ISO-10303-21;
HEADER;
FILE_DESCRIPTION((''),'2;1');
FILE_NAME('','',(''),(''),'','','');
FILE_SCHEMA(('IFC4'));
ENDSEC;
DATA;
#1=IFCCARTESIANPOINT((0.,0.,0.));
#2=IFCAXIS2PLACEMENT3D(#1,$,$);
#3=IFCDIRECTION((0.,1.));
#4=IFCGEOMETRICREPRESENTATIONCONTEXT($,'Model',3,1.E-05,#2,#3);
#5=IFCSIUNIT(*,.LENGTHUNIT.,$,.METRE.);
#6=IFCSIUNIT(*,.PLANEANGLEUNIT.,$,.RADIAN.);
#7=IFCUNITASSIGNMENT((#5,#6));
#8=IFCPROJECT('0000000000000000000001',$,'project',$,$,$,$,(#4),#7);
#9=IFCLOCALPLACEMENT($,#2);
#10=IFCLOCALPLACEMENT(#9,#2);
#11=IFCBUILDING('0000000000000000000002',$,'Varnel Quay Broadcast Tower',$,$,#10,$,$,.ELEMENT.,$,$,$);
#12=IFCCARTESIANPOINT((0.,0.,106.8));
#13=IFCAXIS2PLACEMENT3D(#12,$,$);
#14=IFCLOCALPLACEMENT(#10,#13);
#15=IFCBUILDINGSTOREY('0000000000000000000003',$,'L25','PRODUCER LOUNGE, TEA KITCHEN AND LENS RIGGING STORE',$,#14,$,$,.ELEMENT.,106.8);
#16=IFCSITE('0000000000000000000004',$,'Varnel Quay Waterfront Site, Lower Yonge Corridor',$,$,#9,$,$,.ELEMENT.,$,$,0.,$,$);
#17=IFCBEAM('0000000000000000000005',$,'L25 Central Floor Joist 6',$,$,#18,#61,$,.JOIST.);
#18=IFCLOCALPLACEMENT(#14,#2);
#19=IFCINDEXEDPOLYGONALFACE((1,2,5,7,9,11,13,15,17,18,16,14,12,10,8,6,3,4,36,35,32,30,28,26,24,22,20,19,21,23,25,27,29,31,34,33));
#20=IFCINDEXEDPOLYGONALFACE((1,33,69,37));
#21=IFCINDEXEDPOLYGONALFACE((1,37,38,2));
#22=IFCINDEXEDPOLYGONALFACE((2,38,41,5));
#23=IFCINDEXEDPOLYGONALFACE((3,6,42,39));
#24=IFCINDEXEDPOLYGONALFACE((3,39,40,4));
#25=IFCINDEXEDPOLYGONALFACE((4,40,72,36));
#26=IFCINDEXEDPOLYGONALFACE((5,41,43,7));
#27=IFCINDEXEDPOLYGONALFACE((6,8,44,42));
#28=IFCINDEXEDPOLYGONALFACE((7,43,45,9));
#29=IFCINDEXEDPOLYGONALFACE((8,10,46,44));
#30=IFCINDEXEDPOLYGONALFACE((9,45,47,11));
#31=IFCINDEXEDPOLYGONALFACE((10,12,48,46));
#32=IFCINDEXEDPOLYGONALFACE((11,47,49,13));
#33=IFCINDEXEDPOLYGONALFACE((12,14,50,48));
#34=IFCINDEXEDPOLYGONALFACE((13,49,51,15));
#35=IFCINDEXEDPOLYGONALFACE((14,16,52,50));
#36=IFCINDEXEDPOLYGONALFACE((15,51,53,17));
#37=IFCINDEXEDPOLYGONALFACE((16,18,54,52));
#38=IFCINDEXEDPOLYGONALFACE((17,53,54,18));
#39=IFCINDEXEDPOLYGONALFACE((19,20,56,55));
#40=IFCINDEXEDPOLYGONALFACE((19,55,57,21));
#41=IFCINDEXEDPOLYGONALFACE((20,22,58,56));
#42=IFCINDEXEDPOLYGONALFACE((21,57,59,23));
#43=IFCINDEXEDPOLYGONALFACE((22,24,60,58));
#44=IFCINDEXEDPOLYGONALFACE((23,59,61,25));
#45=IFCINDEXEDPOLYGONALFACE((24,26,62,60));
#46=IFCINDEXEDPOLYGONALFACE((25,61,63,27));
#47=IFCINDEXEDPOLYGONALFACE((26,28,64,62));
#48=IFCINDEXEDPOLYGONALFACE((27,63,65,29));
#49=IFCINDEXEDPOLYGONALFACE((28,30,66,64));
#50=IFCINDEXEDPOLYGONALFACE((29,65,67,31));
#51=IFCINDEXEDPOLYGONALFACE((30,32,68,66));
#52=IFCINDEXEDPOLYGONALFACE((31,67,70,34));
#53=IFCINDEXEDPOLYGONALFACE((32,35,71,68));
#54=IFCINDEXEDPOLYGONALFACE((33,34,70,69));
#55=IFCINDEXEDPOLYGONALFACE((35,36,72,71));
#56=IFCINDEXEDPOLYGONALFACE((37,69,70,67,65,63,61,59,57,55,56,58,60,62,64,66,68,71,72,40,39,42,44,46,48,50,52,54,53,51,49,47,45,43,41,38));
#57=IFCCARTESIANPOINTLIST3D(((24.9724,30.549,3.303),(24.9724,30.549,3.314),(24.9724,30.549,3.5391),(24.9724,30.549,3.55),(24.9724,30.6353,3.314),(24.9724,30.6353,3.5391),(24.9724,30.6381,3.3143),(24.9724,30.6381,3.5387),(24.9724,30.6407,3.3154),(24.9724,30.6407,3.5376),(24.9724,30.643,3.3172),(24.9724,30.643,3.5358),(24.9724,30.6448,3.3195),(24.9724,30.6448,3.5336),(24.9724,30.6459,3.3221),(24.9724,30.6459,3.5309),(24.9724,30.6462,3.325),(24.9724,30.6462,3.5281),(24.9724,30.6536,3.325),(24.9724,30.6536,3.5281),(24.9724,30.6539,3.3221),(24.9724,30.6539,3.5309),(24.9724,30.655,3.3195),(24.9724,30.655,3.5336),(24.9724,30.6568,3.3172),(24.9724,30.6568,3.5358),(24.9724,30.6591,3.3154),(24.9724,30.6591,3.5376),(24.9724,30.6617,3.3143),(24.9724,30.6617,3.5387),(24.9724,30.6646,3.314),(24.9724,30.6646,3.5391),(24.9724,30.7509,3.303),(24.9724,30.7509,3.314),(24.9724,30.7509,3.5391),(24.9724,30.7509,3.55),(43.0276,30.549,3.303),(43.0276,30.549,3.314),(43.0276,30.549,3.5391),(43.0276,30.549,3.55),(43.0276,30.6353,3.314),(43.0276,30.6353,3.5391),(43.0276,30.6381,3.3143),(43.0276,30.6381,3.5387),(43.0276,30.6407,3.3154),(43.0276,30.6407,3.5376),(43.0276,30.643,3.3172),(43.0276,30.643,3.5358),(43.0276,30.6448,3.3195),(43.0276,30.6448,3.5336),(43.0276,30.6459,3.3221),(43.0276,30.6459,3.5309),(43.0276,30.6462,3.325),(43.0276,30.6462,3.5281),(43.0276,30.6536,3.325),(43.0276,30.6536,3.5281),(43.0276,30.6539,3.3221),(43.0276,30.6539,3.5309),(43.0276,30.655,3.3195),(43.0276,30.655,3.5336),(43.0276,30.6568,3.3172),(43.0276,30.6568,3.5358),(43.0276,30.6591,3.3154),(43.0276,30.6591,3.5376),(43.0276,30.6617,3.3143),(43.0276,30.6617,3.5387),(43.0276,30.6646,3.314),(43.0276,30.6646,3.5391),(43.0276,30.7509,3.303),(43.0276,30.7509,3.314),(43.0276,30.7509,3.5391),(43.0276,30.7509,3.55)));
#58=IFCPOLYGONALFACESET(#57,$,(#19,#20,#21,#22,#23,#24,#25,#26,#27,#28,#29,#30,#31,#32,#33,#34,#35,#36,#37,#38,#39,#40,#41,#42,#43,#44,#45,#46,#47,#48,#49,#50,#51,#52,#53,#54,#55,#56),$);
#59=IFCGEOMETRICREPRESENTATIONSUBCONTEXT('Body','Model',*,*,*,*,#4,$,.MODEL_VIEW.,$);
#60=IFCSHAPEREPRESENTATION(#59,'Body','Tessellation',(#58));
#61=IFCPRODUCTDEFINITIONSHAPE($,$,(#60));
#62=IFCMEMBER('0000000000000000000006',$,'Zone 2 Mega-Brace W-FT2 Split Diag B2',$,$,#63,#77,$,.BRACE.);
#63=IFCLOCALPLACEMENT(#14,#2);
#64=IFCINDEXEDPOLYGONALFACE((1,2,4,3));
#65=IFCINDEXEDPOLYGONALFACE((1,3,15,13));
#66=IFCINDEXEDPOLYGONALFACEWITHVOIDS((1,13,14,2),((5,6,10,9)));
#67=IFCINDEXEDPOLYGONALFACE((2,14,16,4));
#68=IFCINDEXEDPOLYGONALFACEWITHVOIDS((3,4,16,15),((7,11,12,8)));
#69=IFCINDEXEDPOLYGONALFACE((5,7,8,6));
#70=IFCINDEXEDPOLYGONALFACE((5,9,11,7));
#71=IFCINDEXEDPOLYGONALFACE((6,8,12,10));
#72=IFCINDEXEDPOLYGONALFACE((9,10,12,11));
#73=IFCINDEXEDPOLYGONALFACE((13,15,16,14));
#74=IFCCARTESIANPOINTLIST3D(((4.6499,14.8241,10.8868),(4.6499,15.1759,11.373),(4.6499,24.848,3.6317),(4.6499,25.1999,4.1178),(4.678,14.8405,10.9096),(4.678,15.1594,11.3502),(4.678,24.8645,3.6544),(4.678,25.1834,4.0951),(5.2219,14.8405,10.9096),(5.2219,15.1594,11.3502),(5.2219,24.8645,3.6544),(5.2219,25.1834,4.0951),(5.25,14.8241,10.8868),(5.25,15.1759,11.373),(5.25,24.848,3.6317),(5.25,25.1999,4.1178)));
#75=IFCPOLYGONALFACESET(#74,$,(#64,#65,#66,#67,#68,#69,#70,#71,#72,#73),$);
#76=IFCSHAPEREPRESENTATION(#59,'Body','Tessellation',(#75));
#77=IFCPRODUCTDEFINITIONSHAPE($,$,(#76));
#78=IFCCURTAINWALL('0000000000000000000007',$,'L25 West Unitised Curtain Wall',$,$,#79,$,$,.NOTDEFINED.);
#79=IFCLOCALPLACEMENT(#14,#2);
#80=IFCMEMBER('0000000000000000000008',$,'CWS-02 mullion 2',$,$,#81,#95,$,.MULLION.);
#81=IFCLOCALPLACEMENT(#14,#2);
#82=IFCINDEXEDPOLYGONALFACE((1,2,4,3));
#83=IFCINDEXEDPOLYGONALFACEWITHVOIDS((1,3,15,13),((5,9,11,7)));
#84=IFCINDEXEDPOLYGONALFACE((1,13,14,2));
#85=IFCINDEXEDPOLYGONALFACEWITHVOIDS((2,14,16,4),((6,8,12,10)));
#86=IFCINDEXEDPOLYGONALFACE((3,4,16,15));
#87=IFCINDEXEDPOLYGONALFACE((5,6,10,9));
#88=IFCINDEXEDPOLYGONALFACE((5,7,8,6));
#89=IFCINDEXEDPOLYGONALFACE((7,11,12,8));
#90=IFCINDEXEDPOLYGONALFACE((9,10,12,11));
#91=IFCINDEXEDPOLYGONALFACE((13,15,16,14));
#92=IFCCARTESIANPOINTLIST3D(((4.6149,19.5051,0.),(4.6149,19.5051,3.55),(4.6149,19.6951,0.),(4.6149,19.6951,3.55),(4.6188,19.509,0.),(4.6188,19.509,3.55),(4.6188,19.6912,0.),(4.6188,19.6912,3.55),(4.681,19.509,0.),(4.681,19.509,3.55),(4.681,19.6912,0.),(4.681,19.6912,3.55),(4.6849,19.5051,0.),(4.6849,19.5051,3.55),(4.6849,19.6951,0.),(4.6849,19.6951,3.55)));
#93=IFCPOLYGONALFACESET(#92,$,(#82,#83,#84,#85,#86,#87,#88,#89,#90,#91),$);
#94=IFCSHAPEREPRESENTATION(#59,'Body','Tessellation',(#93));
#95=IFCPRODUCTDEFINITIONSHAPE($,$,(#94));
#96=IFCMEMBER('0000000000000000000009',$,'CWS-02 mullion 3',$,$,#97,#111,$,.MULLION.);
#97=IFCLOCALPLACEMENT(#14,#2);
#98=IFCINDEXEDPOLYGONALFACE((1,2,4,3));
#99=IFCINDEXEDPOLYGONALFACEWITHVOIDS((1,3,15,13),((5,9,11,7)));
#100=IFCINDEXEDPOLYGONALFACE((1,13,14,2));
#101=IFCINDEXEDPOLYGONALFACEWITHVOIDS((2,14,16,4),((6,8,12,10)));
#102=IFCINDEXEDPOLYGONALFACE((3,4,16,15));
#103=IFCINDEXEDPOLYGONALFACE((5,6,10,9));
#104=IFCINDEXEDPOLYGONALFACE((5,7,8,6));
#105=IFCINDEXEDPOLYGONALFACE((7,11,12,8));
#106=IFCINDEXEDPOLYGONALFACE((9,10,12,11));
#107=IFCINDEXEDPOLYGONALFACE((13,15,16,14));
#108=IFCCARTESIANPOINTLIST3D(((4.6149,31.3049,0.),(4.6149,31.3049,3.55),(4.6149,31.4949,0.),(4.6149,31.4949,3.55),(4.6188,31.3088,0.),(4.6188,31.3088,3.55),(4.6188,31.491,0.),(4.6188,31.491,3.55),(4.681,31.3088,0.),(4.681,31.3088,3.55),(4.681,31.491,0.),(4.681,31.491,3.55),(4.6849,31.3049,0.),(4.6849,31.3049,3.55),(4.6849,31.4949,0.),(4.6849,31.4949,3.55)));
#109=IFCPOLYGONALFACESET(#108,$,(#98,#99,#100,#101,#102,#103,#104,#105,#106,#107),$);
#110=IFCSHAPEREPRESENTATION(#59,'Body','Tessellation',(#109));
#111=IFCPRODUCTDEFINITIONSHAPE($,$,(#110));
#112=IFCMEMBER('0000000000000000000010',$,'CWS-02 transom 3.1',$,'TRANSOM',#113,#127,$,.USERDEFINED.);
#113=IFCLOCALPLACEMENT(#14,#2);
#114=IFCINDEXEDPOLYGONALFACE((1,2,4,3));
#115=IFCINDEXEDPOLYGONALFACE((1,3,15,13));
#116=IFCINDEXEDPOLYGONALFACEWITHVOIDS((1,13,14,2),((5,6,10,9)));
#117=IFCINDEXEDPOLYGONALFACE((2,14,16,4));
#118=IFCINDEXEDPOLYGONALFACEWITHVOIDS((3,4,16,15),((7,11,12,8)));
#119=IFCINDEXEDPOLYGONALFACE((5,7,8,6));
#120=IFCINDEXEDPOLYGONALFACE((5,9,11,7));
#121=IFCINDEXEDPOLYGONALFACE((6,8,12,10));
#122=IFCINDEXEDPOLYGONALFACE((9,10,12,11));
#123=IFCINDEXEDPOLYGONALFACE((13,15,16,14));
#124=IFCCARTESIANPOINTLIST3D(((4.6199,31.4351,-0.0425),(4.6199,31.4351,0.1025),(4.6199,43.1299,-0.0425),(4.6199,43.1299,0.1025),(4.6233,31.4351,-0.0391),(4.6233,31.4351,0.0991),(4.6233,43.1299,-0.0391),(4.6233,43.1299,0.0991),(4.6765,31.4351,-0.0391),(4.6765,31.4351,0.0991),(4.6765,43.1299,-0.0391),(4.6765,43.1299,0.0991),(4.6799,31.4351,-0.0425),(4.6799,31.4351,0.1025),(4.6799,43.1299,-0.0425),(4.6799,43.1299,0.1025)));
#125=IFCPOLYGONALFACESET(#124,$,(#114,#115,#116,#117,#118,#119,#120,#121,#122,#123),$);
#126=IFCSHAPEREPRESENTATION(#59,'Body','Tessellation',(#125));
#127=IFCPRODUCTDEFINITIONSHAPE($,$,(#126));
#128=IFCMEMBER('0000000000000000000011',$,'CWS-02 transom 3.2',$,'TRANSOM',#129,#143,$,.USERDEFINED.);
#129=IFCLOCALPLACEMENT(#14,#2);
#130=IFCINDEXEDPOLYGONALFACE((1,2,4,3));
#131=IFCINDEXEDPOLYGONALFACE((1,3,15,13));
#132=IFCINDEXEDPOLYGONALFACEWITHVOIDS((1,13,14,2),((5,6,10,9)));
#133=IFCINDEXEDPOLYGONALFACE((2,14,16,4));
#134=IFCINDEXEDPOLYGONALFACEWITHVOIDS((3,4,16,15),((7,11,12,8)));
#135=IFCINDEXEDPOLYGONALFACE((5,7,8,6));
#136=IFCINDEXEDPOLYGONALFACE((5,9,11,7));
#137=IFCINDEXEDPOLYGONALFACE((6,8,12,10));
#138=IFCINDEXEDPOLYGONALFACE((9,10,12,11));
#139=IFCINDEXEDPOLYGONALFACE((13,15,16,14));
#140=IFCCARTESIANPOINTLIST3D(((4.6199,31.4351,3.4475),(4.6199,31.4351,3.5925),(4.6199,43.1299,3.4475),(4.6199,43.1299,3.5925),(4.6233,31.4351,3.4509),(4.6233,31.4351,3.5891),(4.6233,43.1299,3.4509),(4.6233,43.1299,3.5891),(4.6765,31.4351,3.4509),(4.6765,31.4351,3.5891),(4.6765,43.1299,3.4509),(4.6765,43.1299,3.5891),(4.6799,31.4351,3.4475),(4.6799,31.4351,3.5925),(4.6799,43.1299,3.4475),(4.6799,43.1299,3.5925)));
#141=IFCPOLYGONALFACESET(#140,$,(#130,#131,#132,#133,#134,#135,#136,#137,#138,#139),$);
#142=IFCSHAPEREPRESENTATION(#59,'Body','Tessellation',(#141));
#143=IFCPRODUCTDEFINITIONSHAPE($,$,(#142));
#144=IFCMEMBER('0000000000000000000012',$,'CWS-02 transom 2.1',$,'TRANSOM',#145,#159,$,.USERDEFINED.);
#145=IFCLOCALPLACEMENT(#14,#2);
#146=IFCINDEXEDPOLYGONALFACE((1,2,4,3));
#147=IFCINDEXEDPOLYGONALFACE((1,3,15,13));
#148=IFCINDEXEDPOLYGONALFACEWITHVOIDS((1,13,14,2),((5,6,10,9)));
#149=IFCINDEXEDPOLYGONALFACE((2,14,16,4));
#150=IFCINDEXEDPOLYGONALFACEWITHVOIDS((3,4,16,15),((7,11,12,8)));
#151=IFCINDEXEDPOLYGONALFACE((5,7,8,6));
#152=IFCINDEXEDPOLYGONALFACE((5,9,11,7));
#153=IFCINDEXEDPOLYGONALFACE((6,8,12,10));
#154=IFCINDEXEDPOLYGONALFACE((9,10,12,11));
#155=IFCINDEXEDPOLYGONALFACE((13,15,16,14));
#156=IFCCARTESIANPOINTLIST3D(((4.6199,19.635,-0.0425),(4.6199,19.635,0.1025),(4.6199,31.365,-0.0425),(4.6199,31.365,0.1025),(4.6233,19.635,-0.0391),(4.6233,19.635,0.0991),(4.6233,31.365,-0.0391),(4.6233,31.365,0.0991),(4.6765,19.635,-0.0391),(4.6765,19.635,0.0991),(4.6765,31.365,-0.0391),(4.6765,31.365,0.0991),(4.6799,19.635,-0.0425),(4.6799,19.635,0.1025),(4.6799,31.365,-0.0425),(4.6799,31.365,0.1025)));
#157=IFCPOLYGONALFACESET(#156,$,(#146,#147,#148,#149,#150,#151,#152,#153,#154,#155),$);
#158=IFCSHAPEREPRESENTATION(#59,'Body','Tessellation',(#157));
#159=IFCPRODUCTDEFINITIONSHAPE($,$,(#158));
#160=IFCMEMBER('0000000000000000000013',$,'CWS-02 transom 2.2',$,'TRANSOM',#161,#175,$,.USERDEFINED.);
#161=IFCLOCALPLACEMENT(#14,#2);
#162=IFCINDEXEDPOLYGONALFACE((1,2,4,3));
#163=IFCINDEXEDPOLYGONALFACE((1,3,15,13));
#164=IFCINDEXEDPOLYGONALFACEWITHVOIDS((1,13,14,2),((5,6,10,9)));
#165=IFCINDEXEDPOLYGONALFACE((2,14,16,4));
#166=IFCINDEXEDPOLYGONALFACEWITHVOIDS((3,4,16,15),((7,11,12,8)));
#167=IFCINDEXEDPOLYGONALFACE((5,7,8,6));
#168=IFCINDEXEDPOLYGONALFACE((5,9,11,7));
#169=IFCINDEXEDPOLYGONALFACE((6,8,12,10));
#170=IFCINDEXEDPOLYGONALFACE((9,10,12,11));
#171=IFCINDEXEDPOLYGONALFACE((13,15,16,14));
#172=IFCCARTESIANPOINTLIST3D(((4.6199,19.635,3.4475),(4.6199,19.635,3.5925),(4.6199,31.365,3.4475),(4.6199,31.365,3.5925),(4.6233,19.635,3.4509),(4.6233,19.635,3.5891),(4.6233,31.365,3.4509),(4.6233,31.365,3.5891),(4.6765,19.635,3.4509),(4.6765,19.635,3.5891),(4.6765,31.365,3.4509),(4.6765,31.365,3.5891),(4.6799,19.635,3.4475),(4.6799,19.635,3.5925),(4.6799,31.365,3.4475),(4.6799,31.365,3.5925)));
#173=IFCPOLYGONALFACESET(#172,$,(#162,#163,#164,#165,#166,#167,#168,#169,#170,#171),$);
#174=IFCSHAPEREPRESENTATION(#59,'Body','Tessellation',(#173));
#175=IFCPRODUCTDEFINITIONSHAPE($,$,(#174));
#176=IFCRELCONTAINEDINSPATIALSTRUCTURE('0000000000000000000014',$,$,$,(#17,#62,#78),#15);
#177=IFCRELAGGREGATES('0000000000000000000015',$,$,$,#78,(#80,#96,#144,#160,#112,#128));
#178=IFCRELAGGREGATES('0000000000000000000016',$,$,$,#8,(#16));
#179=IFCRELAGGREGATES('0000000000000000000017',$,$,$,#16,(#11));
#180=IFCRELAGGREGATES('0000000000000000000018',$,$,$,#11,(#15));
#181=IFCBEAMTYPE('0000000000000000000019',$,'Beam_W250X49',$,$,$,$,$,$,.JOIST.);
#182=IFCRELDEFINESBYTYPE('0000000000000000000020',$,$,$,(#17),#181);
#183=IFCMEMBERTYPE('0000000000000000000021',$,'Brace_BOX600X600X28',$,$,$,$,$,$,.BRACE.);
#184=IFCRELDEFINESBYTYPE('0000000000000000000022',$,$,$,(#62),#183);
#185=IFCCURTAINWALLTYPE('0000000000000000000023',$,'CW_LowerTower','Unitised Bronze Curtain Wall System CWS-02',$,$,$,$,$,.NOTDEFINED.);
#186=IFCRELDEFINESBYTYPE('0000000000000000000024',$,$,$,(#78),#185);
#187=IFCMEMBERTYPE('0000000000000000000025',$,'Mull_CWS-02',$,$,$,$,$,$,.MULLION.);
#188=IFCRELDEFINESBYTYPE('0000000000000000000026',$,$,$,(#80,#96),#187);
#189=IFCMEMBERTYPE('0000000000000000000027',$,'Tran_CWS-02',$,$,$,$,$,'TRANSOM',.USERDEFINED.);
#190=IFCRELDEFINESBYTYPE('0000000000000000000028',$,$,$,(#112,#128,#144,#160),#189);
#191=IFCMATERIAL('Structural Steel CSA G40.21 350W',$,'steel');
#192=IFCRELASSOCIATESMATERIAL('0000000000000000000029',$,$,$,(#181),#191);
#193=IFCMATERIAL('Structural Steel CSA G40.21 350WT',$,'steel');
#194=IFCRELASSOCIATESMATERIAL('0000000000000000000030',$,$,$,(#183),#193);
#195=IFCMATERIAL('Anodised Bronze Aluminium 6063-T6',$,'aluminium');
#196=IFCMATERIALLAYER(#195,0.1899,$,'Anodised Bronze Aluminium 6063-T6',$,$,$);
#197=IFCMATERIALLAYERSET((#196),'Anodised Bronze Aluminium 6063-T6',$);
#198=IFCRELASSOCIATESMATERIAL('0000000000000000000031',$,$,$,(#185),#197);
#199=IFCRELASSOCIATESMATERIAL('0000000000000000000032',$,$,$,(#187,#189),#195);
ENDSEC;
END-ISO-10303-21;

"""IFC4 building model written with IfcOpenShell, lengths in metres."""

from ifc_helpers import new_model, si_unit, direction, frame, origin, origin_2d, place, context, subcontext, project, spatial, hollow_rectangle, i_section, extrude, source, transform, mapped, material, layer, layer_set, material_profile, profile_set, type_object, type_shapes, element, aggregate, save


model = new_model("IFC4")

# Units and contexts
model_context = context("Model", 3, precision=1e-05, world=origin(), true_north=direction((0.0, 1.0)))
body_context = subcontext(model_context, "Body", "Model", "MODEL_VIEW")
ifc_project = project(units=[si_unit("LENGTHUNIT", "METRE"), si_unit("PLANEANGLEUNIT", "RADIAN")], contexts=[model_context])

# Site, building, storey
site_placement = place(None, origin())
site = spatial("IfcSite", under=ifc_project, at=site_placement, Name="Varnel Quay Waterfront Site, Lower Yonge Corridor", CompositionType="ELEMENT", RefElevation=0.0)
building_placement = place(site_placement, origin())
building = spatial("IfcBuilding", under=site, at=building_placement, Name="Varnel Quay Broadcast Tower", CompositionType="ELEMENT")
storey_placement = place(building_placement, frame((0.0, 0.0, 106.8)))
storey = spatial("IfcBuildingStorey", under=building, at=storey_placement, Name="L25", Description="PRODUCER LOUNGE, TEA KITCHEN AND LENS RIGGING STORE", CompositionType="ELEMENT", Elevation=106.8)

# Shared definitions
ifc_material_1 = material(Name="Structural Steel CSA G40.21 350WT", Category="steel")
ifc_material_2 = material(Name="Structural Steel CSA G40.21 350W", Category="steel")

# Beam
ifc_material_profile_1 = material_profile(ifc_material_2, i_section(OverallWidth=0.2019, OverallDepth=0.2471, WebThickness=0.0073, FlangeThickness=0.011, FilletRadius=0.011, at=origin_2d()), Name="W250X49")
ifc_profile_set_1 = profile_set([ifc_material_profile_1], Name="Structural Steel CSA G40.21 350W")
beam_type_1 = type_object("IfcBeamType", Name="Beam_W250X49", PredefinedType="JOIST", material=ifc_profile_set_1)
shared_shape_1 = source(origin(), body_context, "Body", "SweptSolid", [
    extrude(i_section(OverallWidth=0.2019, OverallDepth=0.2471, WebThickness=0.0073, FlangeThickness=0.011, FilletRadius=0.011, at=origin_2d()), origin(), (0.0, 0.0, 1.0), 18.0552),
])
for number, where, z_axis, x_axis, name in (
    (1, (24.9724, 30.6499, 3.4265), (1.0, 0.0, 0.0), (0.0, 1.0, 0.0), "L25 Central Floor Joist 6"),
):
    element("IfcBeam", number, at=place(storey_placement, frame(where, z_axis=z_axis, x_axis=x_axis)), inside=storey, type_object=beam_type_1, Name=name, PredefinedType="JOIST", context=body_context, shape_type="MappedRepresentation", body=[
        mapped(shared_shape_1, transform((0.0, 0.0, 0.0), x_axis=(1.0, 0.0, 0.0), y_axis=(0.0, 1.0, 0.0), z_axis=(0.0, 0.0, 1.0), scale=1.0)),
    ])

# Member
ifc_material_profile_2 = material_profile(ifc_material_1, hollow_rectangle(XDim=0.6001, YDim=0.6001, WallThickness=0.0281, at=origin_2d()), Name="BOX600X600X28")
ifc_profile_set_2 = profile_set([ifc_material_profile_2], Name="Structural Steel CSA G40.21 350WT")
member_type_1 = type_object("IfcMemberType", Name="Brace_BOX600X600X28", PredefinedType="BRACE", material=ifc_profile_set_2)
shared_shape_2 = source(origin(), body_context, "Body", "SweptSolid", [
    extrude(hollow_rectangle(XDim=0.6001, YDim=0.6001, WallThickness=0.0281, at=origin_2d()), origin(), (0.0, 0.0, 1.0), 12.374),
])
type_shapes(member_type_1, [shared_shape_2])
member_1_placement = place(storey_placement, frame((4.95, 25.0239, 3.8748), z_axis=(0.0, -0.810079, 0.58632), x_axis=(1.0, 0.0, 0.0)))
element("IfcMember", 2, at=member_1_placement, inside=storey, type_object=member_type_1, Name="Zone 2 Mega-Brace W-FT2 Split Diag B2", PredefinedType="BRACE", context=body_context, shape_type="MappedRepresentation", body=[
    mapped(shared_shape_2, transform((0.0, 0.0, 0.0), x_axis=(1.0, 0.0, 0.0), y_axis=(0.0, 1.0, 0.0), z_axis=(0.0, 0.0, 1.0), scale=1.0)),
])

# Curtain wall, members
ifc_material_3 = material(Name="Anodised Bronze Aluminium 6063-T6", Category="aluminium")
ifc_layer_1 = layer(ifc_material_3, 0.1899, Name="Anodised Bronze Aluminium 6063-T6")
ifc_layer_set_1 = layer_set([ifc_layer_1], Name="Anodised Bronze Aluminium 6063-T6")
curtain_wall_type = type_object("IfcCurtainWallType", Name="CW_LowerTower", Description="Unitised Bronze Curtain Wall System CWS-02", PredefinedType="NOTDEFINED", material=ifc_layer_set_1)
curtain_wall_placement = place(storey_placement, origin())
curtain_wall = element("IfcCurtainWall", 3, at=curtain_wall_placement, inside=storey, type_object=curtain_wall_type, Name="L25 West Unitised Curtain Wall", PredefinedType="NOTDEFINED")
ifc_material_profile_3 = material_profile(ifc_material_3, hollow_rectangle(XDim=0.0701, YDim=0.1899, WallThickness=0.0039, at=origin_2d()), Name="ALU70X190X4")
ifc_profile_set_3 = profile_set([ifc_material_profile_3], Name="Anodised Bronze Aluminium 6063-T6")
member_type_2 = type_object("IfcMemberType", Name="Mull_CWS-02", PredefinedType="MULLION", material=ifc_profile_set_3)
shared_shape_3 = source(origin(), body_context, "Body", "SweptSolid", [
    extrude(hollow_rectangle(XDim=0.0701, YDim=0.1899, WallThickness=0.0039, at=origin_2d()), origin(), (0.0, 0.0, 1.0), 3.55),
])
type_shapes(member_type_2, [shared_shape_3])
member_2_placement = place(storey_placement, frame((4.6499, 19.6001, 0.0), z_axis=(0.0, 0.0, 1.0), x_axis=(-1.0, 0.0, 0.0)))
member_2 = element("IfcMember", 4, at=member_2_placement, type_object=member_type_2, Name="CWS-02 mullion 2", PredefinedType="MULLION", context=body_context, shape_type="MappedRepresentation", body=[
    mapped(shared_shape_3, transform((0.0, 0.0, 0.0), x_axis=(1.0, 0.0, 0.0), y_axis=(0.0, 1.0, 0.0), z_axis=(0.0, 0.0, 1.0), scale=1.0)),
])
member_3_placement = place(storey_placement, frame((4.6499, 31.3999, 0.0), z_axis=(0.0, 0.0, 1.0), x_axis=(-1.0, 0.0, 0.0)))
member_3 = element("IfcMember", 5, at=member_3_placement, type_object=member_type_2, Name="CWS-02 mullion 3", PredefinedType="MULLION", context=body_context, shape_type="MappedRepresentation", body=[
    mapped(shared_shape_3, transform((0.0, 0.0, 0.0), x_axis=(1.0, 0.0, 0.0), y_axis=(0.0, 1.0, 0.0), z_axis=(0.0, 0.0, 1.0), scale=1.0)),
])
ifc_material_profile_4 = material_profile(ifc_material_3, hollow_rectangle(XDim=0.0601, YDim=0.145, WallThickness=0.0034, at=origin_2d()), Name="ALU60X145X3.5")
ifc_profile_set_4 = profile_set([ifc_material_profile_4], Name="Anodised Bronze Aluminium 6063-T6")
member_type_3 = type_object("IfcMemberType", Name="Tran_CWS-02", ElementType="TRANSOM", PredefinedType="USERDEFINED", material=ifc_profile_set_4)
shared_shape_4 = source(origin(), body_context, "Body", "SweptSolid", [
    extrude(hollow_rectangle(XDim=0.0601, YDim=0.145, WallThickness=0.0034, at=origin_2d()), origin(), (0.0, 0.0, 1.0), 11.6948),
])
member_4_placement = place(storey_placement, frame((4.6499, 31.4351, 0.03), z_axis=(0.0, 1.0, 0.0), x_axis=(-1.0, 0.0, 0.0)))
member_4 = element("IfcMember", 6, at=member_4_placement, type_object=member_type_3, Name="CWS-02 transom 3.1", ObjectType="TRANSOM", PredefinedType="USERDEFINED", context=body_context, shape_type="MappedRepresentation", body=[
    mapped(shared_shape_4, transform((0.0, 0.0, 0.0), x_axis=(1.0, 0.0, 0.0), y_axis=(0.0, 1.0, 0.0), z_axis=(0.0, 0.0, 1.0), scale=1.0)),
])
member_5_placement = place(storey_placement, frame((4.6499, 31.4351, 3.52), z_axis=(0.0, 1.0, 0.0), x_axis=(-1.0, 0.0, 0.0)))
member_5 = element("IfcMember", 7, at=member_5_placement, type_object=member_type_3, Name="CWS-02 transom 3.2", ObjectType="TRANSOM", PredefinedType="USERDEFINED", context=body_context, shape_type="MappedRepresentation", body=[
    mapped(shared_shape_4, transform((0.0, 0.0, 0.0), x_axis=(1.0, 0.0, 0.0), y_axis=(0.0, 1.0, 0.0), z_axis=(0.0, 0.0, 1.0), scale=1.0)),
])
shared_shape_5 = source(origin(), body_context, "Body", "SweptSolid", [
    extrude(hollow_rectangle(XDim=0.0601, YDim=0.145, WallThickness=0.0034, at=origin_2d()), origin(), (0.0, 0.0, 1.0), 11.73),
])
type_shapes(member_type_3, [shared_shape_4, shared_shape_5])
member_6_placement = place(storey_placement, frame((4.6499, 19.635, 0.03), z_axis=(0.0, 1.0, 0.0), x_axis=(-1.0, 0.0, 0.0)))
member_6 = element("IfcMember", 8, at=member_6_placement, type_object=member_type_3, Name="CWS-02 transom 2.1", ObjectType="TRANSOM", PredefinedType="USERDEFINED", context=body_context, shape_type="MappedRepresentation", body=[
    mapped(shared_shape_5, transform((0.0, 0.0, 0.0), x_axis=(1.0, 0.0, 0.0), y_axis=(0.0, 1.0, 0.0), z_axis=(0.0, 0.0, 1.0), scale=1.0)),
])
member_7_placement = place(storey_placement, frame((4.6499, 19.635, 3.52), z_axis=(0.0, 1.0, 0.0), x_axis=(-1.0, 0.0, 0.0)))
member_7 = element("IfcMember", 9, at=member_7_placement, type_object=member_type_3, Name="CWS-02 transom 2.2", ObjectType="TRANSOM", PredefinedType="USERDEFINED", context=body_context, shape_type="MappedRepresentation", body=[
    mapped(shared_shape_5, transform((0.0, 0.0, 0.0), x_axis=(1.0, 0.0, 0.0), y_axis=(0.0, 1.0, 0.0), z_axis=(0.0, 0.0, 1.0), scale=1.0)),
])

aggregate(curtain_wall, [member_2, member_3, member_6, member_7, member_4, member_5])

save(model, "model.ifc")
